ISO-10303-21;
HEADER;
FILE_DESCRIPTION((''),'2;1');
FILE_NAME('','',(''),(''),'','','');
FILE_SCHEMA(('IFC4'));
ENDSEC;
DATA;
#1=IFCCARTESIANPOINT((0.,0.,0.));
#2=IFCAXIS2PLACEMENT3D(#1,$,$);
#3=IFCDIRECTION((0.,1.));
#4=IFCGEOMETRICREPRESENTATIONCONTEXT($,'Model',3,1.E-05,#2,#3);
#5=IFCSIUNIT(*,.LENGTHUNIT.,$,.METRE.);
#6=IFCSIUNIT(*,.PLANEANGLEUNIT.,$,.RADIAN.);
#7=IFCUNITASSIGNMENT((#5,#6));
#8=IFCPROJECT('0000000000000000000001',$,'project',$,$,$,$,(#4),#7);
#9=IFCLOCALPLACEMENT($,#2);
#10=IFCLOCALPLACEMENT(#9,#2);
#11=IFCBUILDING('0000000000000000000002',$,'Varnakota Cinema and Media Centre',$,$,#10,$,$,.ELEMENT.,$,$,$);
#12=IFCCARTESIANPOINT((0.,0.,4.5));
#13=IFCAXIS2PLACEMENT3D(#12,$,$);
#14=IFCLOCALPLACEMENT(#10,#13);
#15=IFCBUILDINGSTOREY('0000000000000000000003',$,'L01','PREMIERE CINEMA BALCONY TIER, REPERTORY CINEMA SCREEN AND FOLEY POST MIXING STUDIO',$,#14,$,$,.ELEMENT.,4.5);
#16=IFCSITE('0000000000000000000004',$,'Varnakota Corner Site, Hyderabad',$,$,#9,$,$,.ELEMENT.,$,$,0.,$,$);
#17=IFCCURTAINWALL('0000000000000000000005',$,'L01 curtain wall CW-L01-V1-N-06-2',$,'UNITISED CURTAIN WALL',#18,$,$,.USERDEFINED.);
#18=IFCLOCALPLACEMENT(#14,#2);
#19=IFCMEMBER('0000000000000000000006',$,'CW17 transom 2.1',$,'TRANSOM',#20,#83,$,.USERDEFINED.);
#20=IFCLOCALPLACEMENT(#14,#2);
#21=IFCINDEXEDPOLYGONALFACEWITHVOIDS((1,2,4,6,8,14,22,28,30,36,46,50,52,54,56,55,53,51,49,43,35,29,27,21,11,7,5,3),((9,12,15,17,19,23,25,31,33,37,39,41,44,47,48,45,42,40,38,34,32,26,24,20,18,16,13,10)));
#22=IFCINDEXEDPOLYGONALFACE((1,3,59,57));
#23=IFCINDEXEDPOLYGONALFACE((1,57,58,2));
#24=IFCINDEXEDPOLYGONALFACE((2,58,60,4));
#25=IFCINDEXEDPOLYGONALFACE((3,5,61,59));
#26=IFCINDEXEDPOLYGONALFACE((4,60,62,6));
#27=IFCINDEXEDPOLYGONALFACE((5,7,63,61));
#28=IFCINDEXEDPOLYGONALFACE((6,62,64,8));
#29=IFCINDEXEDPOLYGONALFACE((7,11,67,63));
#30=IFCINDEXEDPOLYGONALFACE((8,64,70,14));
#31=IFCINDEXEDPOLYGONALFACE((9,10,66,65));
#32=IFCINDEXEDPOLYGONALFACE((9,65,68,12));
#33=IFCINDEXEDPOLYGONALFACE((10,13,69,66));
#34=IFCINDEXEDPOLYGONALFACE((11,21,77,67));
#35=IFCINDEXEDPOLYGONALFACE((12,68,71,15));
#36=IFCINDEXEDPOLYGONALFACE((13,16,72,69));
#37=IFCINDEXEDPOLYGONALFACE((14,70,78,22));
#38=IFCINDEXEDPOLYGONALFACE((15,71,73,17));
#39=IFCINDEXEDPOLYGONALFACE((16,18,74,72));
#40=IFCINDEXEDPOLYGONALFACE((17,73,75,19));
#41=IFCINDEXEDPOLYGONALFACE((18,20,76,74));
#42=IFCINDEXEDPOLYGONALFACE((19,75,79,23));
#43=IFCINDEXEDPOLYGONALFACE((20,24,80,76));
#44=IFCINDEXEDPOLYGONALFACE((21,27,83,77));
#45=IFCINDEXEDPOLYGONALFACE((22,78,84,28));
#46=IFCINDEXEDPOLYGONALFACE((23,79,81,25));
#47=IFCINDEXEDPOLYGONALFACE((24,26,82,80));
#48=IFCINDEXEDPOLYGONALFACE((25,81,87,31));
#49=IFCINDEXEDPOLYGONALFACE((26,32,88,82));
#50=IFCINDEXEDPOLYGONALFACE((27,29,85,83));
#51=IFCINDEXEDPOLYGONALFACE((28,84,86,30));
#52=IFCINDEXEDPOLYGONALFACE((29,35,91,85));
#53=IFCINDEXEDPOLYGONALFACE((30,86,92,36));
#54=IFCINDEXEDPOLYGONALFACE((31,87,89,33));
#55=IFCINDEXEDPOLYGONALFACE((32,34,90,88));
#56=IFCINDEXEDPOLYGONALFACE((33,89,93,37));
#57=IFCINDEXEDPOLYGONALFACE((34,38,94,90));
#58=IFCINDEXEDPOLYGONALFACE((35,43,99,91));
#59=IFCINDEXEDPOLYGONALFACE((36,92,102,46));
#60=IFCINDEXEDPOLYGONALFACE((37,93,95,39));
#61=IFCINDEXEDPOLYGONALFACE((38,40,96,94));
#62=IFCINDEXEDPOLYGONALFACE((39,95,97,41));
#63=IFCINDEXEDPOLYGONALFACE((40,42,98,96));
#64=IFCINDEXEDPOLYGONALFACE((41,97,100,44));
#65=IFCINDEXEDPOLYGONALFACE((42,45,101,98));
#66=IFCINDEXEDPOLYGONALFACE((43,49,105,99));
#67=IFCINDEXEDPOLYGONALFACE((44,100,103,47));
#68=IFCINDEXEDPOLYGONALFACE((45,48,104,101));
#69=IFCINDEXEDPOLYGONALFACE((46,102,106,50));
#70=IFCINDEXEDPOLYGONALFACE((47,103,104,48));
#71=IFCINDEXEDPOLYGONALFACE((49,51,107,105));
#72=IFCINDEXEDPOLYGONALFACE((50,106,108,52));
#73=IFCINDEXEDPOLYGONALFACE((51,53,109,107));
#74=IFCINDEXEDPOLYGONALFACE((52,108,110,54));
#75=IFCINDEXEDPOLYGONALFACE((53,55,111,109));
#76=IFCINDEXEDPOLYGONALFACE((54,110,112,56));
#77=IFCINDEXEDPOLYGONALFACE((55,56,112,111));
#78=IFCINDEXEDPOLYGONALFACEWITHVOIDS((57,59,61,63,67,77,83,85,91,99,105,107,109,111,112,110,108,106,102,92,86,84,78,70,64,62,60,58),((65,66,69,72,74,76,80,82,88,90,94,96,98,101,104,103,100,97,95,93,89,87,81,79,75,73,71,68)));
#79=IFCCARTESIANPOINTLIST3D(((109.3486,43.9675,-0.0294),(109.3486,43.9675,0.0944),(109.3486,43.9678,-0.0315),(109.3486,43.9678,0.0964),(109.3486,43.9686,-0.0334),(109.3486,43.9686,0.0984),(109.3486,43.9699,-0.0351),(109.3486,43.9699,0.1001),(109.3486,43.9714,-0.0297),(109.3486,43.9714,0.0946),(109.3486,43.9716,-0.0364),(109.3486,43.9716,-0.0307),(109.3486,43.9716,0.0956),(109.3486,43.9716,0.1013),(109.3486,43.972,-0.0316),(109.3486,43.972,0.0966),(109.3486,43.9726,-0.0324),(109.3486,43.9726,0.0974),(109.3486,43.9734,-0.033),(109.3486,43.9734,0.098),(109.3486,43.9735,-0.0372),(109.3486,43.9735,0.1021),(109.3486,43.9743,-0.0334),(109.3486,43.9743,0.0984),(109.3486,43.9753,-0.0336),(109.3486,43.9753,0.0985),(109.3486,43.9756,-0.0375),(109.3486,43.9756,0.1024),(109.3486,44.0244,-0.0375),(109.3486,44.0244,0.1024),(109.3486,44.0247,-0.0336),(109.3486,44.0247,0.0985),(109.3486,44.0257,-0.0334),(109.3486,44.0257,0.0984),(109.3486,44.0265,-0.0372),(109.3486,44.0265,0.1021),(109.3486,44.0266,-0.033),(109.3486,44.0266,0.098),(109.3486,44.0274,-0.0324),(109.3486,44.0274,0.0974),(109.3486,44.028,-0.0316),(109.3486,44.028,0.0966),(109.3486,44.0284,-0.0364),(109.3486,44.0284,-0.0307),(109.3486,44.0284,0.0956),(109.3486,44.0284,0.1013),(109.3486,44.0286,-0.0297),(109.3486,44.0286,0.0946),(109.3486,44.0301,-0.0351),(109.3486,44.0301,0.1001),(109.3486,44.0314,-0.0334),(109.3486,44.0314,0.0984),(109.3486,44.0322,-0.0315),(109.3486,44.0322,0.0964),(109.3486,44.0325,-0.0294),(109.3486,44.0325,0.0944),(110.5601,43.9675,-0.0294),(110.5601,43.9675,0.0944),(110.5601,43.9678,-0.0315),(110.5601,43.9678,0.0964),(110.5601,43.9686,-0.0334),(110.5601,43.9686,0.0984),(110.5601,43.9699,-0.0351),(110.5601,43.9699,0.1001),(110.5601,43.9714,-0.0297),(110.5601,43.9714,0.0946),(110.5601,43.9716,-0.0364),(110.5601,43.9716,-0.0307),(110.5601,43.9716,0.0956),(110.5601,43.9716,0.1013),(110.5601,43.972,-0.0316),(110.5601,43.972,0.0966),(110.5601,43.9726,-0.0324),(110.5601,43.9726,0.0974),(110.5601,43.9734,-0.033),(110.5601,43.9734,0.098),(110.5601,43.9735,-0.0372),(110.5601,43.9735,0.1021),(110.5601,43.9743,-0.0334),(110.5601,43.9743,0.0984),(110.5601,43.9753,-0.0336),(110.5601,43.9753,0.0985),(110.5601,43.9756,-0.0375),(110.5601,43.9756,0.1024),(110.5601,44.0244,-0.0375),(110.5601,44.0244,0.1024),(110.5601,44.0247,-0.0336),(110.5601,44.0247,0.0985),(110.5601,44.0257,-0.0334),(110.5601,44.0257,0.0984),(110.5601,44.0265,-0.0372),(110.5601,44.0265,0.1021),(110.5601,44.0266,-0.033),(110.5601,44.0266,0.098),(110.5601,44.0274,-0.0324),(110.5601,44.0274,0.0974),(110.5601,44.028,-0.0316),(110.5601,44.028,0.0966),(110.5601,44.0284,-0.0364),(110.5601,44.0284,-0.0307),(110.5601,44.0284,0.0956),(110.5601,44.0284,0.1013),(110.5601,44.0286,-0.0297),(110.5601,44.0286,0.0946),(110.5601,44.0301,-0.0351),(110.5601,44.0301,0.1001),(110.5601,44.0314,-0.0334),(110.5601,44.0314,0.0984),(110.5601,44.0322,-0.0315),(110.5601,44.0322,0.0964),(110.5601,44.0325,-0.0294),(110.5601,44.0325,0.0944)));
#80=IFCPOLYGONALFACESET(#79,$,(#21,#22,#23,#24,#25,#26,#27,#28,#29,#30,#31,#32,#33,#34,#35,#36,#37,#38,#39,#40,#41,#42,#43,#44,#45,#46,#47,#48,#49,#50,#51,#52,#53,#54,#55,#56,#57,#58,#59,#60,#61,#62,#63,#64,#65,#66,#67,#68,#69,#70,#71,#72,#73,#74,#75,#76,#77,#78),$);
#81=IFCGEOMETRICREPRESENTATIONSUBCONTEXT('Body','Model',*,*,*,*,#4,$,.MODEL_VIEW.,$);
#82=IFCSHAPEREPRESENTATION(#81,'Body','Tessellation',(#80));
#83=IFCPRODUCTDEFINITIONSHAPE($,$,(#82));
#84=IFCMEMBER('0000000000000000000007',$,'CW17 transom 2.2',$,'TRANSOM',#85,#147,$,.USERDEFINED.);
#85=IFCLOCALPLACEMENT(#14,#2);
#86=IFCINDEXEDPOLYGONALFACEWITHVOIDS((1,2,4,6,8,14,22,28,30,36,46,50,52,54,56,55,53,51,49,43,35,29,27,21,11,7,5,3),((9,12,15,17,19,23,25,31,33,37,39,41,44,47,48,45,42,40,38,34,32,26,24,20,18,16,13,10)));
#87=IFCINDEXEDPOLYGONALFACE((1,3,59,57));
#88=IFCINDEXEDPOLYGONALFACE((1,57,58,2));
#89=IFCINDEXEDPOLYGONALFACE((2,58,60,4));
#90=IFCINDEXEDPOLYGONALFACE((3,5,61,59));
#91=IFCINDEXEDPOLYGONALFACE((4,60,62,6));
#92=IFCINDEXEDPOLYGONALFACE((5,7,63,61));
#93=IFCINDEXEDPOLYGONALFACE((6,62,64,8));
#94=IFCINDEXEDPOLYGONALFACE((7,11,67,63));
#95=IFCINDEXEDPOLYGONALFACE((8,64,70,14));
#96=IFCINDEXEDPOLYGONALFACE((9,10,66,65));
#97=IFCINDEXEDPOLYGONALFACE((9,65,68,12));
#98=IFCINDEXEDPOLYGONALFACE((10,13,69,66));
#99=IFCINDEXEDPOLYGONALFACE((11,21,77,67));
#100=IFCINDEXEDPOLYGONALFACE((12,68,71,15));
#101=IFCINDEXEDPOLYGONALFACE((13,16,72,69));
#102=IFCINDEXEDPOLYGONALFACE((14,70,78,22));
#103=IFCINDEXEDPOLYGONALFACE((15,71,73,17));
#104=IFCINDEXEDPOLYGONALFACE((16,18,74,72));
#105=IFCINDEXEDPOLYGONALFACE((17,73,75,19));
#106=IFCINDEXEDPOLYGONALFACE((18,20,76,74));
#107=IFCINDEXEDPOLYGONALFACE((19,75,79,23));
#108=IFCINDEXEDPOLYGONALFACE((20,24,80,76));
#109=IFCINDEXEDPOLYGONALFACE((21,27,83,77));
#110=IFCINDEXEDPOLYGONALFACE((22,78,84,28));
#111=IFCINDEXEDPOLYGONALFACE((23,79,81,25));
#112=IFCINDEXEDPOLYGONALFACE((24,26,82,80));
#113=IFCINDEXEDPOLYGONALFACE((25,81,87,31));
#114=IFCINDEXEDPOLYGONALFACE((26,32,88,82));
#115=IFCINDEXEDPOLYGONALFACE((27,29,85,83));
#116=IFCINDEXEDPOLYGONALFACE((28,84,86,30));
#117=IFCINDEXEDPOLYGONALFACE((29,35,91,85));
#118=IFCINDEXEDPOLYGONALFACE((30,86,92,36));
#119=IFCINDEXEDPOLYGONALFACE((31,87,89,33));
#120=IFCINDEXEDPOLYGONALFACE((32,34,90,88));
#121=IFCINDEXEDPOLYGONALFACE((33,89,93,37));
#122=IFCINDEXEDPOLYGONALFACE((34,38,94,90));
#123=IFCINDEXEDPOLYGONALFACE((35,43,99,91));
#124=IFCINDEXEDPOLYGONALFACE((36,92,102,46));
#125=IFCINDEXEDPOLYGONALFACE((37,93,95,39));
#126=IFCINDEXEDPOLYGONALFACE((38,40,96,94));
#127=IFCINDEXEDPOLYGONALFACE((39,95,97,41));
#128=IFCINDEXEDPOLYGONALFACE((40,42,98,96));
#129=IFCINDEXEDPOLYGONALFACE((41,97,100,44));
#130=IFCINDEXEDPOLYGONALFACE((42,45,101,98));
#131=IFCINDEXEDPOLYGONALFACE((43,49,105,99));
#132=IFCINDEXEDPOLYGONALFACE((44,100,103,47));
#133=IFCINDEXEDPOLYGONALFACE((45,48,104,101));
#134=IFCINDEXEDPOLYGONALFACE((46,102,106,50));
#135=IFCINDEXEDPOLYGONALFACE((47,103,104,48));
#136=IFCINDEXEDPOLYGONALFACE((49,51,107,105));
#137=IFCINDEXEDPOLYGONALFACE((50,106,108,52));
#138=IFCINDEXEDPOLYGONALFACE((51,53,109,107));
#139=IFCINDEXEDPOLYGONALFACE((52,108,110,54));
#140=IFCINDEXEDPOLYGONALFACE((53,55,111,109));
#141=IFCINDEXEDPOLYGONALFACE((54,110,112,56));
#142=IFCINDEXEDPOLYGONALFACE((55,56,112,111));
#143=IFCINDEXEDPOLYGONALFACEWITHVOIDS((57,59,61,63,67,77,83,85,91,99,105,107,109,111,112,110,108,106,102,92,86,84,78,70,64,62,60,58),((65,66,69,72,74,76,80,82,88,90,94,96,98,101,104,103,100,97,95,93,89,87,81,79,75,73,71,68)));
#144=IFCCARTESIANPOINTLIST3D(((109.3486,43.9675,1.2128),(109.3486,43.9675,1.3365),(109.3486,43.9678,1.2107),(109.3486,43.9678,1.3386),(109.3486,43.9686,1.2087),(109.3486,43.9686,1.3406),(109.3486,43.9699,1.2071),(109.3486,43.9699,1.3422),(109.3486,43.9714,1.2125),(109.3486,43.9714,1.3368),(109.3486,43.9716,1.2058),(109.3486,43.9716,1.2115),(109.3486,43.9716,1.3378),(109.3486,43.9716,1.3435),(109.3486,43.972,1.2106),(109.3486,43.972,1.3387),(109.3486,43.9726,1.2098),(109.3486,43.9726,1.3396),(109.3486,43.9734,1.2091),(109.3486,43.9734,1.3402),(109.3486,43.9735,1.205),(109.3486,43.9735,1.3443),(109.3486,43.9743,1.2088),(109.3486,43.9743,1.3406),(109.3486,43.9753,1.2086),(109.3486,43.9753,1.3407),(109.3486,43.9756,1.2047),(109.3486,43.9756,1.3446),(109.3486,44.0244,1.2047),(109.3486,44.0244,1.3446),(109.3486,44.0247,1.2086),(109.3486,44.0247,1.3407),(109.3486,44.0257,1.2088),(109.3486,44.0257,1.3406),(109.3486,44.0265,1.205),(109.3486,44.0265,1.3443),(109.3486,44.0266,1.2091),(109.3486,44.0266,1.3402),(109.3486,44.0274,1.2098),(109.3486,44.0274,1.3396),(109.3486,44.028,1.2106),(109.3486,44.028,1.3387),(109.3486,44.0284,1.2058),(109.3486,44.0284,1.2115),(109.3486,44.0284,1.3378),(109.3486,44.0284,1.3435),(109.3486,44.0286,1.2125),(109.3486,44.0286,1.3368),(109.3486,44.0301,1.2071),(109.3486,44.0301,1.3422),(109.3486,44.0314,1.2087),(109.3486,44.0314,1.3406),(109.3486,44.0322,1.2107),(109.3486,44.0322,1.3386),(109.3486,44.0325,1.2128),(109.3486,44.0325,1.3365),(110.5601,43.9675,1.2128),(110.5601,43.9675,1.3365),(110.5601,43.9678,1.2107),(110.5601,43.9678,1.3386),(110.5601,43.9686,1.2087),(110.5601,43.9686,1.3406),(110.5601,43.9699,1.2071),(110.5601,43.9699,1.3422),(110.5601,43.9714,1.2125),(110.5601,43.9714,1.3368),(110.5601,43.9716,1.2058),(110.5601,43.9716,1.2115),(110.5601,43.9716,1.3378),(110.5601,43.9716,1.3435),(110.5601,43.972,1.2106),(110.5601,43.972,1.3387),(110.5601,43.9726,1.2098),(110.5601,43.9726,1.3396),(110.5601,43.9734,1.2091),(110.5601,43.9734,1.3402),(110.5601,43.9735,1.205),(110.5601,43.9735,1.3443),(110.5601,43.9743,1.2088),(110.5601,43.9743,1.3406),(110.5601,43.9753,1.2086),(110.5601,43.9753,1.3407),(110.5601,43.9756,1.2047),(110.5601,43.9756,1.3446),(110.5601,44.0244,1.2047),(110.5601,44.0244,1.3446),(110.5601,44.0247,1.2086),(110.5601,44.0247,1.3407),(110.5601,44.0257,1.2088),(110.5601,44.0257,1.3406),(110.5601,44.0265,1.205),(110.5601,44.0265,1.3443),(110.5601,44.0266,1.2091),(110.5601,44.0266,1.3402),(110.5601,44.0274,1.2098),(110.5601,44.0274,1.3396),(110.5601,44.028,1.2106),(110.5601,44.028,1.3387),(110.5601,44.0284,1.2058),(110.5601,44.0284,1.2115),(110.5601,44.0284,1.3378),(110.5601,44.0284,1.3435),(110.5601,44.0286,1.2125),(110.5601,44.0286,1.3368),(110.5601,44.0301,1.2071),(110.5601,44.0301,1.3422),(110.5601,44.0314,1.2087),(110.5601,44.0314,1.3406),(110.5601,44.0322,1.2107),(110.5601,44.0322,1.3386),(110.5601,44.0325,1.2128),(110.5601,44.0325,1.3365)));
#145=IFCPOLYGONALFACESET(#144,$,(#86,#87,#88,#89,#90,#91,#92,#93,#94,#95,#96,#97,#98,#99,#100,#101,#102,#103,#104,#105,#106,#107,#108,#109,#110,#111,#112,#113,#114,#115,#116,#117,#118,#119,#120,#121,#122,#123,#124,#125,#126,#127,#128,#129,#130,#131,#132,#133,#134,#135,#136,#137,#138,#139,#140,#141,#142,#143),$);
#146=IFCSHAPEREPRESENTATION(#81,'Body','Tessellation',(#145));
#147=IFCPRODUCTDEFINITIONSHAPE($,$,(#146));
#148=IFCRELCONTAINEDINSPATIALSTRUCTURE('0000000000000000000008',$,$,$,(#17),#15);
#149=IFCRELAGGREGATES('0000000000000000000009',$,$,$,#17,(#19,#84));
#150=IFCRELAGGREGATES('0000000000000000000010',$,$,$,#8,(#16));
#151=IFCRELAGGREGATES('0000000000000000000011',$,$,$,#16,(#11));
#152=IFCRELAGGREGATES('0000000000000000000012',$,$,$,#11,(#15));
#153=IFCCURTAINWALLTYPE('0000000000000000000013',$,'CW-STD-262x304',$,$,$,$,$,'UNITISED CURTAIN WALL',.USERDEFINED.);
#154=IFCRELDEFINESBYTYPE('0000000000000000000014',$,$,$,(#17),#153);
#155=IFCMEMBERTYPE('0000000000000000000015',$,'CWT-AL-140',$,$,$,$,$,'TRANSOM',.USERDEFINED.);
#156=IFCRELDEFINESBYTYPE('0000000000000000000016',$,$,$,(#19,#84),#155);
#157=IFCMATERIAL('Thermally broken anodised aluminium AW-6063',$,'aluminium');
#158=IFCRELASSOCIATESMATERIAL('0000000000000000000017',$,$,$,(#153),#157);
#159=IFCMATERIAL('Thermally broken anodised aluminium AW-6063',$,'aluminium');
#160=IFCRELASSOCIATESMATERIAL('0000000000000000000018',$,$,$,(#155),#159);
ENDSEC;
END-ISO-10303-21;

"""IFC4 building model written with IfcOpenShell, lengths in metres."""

from ifc_helpers import new_model, si_unit, direction, frame, origin, origin_2d, place, context, subcontext, project, spatial, hollow_rectangle, extrude, material, material_profile, profile_set, type_object, element, aggregate, save


model = new_model("IFC4")

# Units and contexts
model_context = context("Model", 3, precision=1e-05, world=origin(), true_north=direction((0.0, 1.0)))
body_context = subcontext(model_context, "Body", "Model", "MODEL_VIEW")
ifc_project = project(units=[si_unit("LENGTHUNIT", "METRE"), si_unit("PLANEANGLEUNIT", "RADIAN")], contexts=[model_context])

# Site, building, storey
site_placement = place(None, origin())
site = spatial("IfcSite", under=ifc_project, at=site_placement, Name="Varnakota Corner Site, Hyderabad", CompositionType="ELEMENT", RefElevation=0.0)
building_placement = place(site_placement, origin())
building = spatial("IfcBuilding", under=site, at=building_placement, Name="Varnakota Cinema and Media Centre", CompositionType="ELEMENT")
storey_placement = place(building_placement, frame((0.0, 0.0, 4.5)))
storey = spatial("IfcBuildingStorey", under=building, at=storey_placement, Name="L01", Description="PREMIERE CINEMA BALCONY TIER, REPERTORY CINEMA SCREEN AND FOLEY POST MIXING STUDIO", CompositionType="ELEMENT", Elevation=4.5)

# Curtain wall, members
ifc_material_1 = material(Name="Thermally broken anodised aluminium AW-6063", Category="aluminium")
curtain_wall_type = type_object("IfcCurtainWallType", Name="CW-STD-262x304", ElementType="UNITISED CURTAIN WALL", PredefinedType="USERDEFINED", material=ifc_material_1)
curtain_wall_placement = place(storey_placement, origin())
curtain_wall = element("IfcCurtainWall", 1, at=curtain_wall_placement, inside=storey, type_object=curtain_wall_type, Name="L01 curtain wall CW-L01-V1-N-06-2", ObjectType="UNITISED CURTAIN WALL", PredefinedType="USERDEFINED")
ifc_material_2 = material(Name="Thermally broken anodised aluminium AW-6063", Category="aluminium")
ifc_material_profile_1 = material_profile(ifc_material_2, hollow_rectangle(XDim=0.0649, YDim=0.1399, WallThickness=0.0039, InnerFilletRadius=0.0039, OuterFilletRadius=0.0081, at=origin_2d()), Name="AL-TRANSOM 140x65x4")
ifc_profile_set_1 = profile_set([ifc_material_profile_1], Name="Thermally broken anodised aluminium AW-6063")
member_type_1 = type_object("IfcMemberType", Name="CWT-AL-140", ElementType="TRANSOM", PredefinedType="USERDEFINED", material=ifc_profile_set_1)
member_1_placement = place(storey_placement, frame((109.3486, 44.0, 0.0325), z_axis=(1.0, 0.0, 0.0), x_axis=(0.0, 1.0, 0.0)))
member_1 = element("IfcMember", 2, at=member_1_placement, type_object=member_type_1, Name="CW17 transom 2.1", ObjectType="TRANSOM", PredefinedType="USERDEFINED", context=body_context, shape_type="SweptSolid", body=[
    extrude(hollow_rectangle(XDim=0.0649, YDim=0.1399, WallThickness=0.0039, InnerFilletRadius=0.0039, OuterFilletRadius=0.0081, at=origin_2d()), origin(), (0.0, 0.0, 1.0), 1.2114),
])
member_2_placement = place(storey_placement, frame((109.3486, 44.0, 1.2747), z_axis=(1.0, 0.0, 0.0), x_axis=(0.0, 1.0, 0.0)))
member_2 = element("IfcMember", 3, at=member_2_placement, type_object=member_type_1, Name="CW17 transom 2.2", ObjectType="TRANSOM", PredefinedType="USERDEFINED", context=body_context, shape_type="SweptSolid", body=[
    extrude(hollow_rectangle(XDim=0.0649, YDim=0.1399, WallThickness=0.0039, InnerFilletRadius=0.0039, OuterFilletRadius=0.0081, at=origin_2d()), origin(), (0.0, 0.0, 1.0), 1.2114),
])
aggregate(curtain_wall, [member_1, member_2])

save(model, "model.ifc")
